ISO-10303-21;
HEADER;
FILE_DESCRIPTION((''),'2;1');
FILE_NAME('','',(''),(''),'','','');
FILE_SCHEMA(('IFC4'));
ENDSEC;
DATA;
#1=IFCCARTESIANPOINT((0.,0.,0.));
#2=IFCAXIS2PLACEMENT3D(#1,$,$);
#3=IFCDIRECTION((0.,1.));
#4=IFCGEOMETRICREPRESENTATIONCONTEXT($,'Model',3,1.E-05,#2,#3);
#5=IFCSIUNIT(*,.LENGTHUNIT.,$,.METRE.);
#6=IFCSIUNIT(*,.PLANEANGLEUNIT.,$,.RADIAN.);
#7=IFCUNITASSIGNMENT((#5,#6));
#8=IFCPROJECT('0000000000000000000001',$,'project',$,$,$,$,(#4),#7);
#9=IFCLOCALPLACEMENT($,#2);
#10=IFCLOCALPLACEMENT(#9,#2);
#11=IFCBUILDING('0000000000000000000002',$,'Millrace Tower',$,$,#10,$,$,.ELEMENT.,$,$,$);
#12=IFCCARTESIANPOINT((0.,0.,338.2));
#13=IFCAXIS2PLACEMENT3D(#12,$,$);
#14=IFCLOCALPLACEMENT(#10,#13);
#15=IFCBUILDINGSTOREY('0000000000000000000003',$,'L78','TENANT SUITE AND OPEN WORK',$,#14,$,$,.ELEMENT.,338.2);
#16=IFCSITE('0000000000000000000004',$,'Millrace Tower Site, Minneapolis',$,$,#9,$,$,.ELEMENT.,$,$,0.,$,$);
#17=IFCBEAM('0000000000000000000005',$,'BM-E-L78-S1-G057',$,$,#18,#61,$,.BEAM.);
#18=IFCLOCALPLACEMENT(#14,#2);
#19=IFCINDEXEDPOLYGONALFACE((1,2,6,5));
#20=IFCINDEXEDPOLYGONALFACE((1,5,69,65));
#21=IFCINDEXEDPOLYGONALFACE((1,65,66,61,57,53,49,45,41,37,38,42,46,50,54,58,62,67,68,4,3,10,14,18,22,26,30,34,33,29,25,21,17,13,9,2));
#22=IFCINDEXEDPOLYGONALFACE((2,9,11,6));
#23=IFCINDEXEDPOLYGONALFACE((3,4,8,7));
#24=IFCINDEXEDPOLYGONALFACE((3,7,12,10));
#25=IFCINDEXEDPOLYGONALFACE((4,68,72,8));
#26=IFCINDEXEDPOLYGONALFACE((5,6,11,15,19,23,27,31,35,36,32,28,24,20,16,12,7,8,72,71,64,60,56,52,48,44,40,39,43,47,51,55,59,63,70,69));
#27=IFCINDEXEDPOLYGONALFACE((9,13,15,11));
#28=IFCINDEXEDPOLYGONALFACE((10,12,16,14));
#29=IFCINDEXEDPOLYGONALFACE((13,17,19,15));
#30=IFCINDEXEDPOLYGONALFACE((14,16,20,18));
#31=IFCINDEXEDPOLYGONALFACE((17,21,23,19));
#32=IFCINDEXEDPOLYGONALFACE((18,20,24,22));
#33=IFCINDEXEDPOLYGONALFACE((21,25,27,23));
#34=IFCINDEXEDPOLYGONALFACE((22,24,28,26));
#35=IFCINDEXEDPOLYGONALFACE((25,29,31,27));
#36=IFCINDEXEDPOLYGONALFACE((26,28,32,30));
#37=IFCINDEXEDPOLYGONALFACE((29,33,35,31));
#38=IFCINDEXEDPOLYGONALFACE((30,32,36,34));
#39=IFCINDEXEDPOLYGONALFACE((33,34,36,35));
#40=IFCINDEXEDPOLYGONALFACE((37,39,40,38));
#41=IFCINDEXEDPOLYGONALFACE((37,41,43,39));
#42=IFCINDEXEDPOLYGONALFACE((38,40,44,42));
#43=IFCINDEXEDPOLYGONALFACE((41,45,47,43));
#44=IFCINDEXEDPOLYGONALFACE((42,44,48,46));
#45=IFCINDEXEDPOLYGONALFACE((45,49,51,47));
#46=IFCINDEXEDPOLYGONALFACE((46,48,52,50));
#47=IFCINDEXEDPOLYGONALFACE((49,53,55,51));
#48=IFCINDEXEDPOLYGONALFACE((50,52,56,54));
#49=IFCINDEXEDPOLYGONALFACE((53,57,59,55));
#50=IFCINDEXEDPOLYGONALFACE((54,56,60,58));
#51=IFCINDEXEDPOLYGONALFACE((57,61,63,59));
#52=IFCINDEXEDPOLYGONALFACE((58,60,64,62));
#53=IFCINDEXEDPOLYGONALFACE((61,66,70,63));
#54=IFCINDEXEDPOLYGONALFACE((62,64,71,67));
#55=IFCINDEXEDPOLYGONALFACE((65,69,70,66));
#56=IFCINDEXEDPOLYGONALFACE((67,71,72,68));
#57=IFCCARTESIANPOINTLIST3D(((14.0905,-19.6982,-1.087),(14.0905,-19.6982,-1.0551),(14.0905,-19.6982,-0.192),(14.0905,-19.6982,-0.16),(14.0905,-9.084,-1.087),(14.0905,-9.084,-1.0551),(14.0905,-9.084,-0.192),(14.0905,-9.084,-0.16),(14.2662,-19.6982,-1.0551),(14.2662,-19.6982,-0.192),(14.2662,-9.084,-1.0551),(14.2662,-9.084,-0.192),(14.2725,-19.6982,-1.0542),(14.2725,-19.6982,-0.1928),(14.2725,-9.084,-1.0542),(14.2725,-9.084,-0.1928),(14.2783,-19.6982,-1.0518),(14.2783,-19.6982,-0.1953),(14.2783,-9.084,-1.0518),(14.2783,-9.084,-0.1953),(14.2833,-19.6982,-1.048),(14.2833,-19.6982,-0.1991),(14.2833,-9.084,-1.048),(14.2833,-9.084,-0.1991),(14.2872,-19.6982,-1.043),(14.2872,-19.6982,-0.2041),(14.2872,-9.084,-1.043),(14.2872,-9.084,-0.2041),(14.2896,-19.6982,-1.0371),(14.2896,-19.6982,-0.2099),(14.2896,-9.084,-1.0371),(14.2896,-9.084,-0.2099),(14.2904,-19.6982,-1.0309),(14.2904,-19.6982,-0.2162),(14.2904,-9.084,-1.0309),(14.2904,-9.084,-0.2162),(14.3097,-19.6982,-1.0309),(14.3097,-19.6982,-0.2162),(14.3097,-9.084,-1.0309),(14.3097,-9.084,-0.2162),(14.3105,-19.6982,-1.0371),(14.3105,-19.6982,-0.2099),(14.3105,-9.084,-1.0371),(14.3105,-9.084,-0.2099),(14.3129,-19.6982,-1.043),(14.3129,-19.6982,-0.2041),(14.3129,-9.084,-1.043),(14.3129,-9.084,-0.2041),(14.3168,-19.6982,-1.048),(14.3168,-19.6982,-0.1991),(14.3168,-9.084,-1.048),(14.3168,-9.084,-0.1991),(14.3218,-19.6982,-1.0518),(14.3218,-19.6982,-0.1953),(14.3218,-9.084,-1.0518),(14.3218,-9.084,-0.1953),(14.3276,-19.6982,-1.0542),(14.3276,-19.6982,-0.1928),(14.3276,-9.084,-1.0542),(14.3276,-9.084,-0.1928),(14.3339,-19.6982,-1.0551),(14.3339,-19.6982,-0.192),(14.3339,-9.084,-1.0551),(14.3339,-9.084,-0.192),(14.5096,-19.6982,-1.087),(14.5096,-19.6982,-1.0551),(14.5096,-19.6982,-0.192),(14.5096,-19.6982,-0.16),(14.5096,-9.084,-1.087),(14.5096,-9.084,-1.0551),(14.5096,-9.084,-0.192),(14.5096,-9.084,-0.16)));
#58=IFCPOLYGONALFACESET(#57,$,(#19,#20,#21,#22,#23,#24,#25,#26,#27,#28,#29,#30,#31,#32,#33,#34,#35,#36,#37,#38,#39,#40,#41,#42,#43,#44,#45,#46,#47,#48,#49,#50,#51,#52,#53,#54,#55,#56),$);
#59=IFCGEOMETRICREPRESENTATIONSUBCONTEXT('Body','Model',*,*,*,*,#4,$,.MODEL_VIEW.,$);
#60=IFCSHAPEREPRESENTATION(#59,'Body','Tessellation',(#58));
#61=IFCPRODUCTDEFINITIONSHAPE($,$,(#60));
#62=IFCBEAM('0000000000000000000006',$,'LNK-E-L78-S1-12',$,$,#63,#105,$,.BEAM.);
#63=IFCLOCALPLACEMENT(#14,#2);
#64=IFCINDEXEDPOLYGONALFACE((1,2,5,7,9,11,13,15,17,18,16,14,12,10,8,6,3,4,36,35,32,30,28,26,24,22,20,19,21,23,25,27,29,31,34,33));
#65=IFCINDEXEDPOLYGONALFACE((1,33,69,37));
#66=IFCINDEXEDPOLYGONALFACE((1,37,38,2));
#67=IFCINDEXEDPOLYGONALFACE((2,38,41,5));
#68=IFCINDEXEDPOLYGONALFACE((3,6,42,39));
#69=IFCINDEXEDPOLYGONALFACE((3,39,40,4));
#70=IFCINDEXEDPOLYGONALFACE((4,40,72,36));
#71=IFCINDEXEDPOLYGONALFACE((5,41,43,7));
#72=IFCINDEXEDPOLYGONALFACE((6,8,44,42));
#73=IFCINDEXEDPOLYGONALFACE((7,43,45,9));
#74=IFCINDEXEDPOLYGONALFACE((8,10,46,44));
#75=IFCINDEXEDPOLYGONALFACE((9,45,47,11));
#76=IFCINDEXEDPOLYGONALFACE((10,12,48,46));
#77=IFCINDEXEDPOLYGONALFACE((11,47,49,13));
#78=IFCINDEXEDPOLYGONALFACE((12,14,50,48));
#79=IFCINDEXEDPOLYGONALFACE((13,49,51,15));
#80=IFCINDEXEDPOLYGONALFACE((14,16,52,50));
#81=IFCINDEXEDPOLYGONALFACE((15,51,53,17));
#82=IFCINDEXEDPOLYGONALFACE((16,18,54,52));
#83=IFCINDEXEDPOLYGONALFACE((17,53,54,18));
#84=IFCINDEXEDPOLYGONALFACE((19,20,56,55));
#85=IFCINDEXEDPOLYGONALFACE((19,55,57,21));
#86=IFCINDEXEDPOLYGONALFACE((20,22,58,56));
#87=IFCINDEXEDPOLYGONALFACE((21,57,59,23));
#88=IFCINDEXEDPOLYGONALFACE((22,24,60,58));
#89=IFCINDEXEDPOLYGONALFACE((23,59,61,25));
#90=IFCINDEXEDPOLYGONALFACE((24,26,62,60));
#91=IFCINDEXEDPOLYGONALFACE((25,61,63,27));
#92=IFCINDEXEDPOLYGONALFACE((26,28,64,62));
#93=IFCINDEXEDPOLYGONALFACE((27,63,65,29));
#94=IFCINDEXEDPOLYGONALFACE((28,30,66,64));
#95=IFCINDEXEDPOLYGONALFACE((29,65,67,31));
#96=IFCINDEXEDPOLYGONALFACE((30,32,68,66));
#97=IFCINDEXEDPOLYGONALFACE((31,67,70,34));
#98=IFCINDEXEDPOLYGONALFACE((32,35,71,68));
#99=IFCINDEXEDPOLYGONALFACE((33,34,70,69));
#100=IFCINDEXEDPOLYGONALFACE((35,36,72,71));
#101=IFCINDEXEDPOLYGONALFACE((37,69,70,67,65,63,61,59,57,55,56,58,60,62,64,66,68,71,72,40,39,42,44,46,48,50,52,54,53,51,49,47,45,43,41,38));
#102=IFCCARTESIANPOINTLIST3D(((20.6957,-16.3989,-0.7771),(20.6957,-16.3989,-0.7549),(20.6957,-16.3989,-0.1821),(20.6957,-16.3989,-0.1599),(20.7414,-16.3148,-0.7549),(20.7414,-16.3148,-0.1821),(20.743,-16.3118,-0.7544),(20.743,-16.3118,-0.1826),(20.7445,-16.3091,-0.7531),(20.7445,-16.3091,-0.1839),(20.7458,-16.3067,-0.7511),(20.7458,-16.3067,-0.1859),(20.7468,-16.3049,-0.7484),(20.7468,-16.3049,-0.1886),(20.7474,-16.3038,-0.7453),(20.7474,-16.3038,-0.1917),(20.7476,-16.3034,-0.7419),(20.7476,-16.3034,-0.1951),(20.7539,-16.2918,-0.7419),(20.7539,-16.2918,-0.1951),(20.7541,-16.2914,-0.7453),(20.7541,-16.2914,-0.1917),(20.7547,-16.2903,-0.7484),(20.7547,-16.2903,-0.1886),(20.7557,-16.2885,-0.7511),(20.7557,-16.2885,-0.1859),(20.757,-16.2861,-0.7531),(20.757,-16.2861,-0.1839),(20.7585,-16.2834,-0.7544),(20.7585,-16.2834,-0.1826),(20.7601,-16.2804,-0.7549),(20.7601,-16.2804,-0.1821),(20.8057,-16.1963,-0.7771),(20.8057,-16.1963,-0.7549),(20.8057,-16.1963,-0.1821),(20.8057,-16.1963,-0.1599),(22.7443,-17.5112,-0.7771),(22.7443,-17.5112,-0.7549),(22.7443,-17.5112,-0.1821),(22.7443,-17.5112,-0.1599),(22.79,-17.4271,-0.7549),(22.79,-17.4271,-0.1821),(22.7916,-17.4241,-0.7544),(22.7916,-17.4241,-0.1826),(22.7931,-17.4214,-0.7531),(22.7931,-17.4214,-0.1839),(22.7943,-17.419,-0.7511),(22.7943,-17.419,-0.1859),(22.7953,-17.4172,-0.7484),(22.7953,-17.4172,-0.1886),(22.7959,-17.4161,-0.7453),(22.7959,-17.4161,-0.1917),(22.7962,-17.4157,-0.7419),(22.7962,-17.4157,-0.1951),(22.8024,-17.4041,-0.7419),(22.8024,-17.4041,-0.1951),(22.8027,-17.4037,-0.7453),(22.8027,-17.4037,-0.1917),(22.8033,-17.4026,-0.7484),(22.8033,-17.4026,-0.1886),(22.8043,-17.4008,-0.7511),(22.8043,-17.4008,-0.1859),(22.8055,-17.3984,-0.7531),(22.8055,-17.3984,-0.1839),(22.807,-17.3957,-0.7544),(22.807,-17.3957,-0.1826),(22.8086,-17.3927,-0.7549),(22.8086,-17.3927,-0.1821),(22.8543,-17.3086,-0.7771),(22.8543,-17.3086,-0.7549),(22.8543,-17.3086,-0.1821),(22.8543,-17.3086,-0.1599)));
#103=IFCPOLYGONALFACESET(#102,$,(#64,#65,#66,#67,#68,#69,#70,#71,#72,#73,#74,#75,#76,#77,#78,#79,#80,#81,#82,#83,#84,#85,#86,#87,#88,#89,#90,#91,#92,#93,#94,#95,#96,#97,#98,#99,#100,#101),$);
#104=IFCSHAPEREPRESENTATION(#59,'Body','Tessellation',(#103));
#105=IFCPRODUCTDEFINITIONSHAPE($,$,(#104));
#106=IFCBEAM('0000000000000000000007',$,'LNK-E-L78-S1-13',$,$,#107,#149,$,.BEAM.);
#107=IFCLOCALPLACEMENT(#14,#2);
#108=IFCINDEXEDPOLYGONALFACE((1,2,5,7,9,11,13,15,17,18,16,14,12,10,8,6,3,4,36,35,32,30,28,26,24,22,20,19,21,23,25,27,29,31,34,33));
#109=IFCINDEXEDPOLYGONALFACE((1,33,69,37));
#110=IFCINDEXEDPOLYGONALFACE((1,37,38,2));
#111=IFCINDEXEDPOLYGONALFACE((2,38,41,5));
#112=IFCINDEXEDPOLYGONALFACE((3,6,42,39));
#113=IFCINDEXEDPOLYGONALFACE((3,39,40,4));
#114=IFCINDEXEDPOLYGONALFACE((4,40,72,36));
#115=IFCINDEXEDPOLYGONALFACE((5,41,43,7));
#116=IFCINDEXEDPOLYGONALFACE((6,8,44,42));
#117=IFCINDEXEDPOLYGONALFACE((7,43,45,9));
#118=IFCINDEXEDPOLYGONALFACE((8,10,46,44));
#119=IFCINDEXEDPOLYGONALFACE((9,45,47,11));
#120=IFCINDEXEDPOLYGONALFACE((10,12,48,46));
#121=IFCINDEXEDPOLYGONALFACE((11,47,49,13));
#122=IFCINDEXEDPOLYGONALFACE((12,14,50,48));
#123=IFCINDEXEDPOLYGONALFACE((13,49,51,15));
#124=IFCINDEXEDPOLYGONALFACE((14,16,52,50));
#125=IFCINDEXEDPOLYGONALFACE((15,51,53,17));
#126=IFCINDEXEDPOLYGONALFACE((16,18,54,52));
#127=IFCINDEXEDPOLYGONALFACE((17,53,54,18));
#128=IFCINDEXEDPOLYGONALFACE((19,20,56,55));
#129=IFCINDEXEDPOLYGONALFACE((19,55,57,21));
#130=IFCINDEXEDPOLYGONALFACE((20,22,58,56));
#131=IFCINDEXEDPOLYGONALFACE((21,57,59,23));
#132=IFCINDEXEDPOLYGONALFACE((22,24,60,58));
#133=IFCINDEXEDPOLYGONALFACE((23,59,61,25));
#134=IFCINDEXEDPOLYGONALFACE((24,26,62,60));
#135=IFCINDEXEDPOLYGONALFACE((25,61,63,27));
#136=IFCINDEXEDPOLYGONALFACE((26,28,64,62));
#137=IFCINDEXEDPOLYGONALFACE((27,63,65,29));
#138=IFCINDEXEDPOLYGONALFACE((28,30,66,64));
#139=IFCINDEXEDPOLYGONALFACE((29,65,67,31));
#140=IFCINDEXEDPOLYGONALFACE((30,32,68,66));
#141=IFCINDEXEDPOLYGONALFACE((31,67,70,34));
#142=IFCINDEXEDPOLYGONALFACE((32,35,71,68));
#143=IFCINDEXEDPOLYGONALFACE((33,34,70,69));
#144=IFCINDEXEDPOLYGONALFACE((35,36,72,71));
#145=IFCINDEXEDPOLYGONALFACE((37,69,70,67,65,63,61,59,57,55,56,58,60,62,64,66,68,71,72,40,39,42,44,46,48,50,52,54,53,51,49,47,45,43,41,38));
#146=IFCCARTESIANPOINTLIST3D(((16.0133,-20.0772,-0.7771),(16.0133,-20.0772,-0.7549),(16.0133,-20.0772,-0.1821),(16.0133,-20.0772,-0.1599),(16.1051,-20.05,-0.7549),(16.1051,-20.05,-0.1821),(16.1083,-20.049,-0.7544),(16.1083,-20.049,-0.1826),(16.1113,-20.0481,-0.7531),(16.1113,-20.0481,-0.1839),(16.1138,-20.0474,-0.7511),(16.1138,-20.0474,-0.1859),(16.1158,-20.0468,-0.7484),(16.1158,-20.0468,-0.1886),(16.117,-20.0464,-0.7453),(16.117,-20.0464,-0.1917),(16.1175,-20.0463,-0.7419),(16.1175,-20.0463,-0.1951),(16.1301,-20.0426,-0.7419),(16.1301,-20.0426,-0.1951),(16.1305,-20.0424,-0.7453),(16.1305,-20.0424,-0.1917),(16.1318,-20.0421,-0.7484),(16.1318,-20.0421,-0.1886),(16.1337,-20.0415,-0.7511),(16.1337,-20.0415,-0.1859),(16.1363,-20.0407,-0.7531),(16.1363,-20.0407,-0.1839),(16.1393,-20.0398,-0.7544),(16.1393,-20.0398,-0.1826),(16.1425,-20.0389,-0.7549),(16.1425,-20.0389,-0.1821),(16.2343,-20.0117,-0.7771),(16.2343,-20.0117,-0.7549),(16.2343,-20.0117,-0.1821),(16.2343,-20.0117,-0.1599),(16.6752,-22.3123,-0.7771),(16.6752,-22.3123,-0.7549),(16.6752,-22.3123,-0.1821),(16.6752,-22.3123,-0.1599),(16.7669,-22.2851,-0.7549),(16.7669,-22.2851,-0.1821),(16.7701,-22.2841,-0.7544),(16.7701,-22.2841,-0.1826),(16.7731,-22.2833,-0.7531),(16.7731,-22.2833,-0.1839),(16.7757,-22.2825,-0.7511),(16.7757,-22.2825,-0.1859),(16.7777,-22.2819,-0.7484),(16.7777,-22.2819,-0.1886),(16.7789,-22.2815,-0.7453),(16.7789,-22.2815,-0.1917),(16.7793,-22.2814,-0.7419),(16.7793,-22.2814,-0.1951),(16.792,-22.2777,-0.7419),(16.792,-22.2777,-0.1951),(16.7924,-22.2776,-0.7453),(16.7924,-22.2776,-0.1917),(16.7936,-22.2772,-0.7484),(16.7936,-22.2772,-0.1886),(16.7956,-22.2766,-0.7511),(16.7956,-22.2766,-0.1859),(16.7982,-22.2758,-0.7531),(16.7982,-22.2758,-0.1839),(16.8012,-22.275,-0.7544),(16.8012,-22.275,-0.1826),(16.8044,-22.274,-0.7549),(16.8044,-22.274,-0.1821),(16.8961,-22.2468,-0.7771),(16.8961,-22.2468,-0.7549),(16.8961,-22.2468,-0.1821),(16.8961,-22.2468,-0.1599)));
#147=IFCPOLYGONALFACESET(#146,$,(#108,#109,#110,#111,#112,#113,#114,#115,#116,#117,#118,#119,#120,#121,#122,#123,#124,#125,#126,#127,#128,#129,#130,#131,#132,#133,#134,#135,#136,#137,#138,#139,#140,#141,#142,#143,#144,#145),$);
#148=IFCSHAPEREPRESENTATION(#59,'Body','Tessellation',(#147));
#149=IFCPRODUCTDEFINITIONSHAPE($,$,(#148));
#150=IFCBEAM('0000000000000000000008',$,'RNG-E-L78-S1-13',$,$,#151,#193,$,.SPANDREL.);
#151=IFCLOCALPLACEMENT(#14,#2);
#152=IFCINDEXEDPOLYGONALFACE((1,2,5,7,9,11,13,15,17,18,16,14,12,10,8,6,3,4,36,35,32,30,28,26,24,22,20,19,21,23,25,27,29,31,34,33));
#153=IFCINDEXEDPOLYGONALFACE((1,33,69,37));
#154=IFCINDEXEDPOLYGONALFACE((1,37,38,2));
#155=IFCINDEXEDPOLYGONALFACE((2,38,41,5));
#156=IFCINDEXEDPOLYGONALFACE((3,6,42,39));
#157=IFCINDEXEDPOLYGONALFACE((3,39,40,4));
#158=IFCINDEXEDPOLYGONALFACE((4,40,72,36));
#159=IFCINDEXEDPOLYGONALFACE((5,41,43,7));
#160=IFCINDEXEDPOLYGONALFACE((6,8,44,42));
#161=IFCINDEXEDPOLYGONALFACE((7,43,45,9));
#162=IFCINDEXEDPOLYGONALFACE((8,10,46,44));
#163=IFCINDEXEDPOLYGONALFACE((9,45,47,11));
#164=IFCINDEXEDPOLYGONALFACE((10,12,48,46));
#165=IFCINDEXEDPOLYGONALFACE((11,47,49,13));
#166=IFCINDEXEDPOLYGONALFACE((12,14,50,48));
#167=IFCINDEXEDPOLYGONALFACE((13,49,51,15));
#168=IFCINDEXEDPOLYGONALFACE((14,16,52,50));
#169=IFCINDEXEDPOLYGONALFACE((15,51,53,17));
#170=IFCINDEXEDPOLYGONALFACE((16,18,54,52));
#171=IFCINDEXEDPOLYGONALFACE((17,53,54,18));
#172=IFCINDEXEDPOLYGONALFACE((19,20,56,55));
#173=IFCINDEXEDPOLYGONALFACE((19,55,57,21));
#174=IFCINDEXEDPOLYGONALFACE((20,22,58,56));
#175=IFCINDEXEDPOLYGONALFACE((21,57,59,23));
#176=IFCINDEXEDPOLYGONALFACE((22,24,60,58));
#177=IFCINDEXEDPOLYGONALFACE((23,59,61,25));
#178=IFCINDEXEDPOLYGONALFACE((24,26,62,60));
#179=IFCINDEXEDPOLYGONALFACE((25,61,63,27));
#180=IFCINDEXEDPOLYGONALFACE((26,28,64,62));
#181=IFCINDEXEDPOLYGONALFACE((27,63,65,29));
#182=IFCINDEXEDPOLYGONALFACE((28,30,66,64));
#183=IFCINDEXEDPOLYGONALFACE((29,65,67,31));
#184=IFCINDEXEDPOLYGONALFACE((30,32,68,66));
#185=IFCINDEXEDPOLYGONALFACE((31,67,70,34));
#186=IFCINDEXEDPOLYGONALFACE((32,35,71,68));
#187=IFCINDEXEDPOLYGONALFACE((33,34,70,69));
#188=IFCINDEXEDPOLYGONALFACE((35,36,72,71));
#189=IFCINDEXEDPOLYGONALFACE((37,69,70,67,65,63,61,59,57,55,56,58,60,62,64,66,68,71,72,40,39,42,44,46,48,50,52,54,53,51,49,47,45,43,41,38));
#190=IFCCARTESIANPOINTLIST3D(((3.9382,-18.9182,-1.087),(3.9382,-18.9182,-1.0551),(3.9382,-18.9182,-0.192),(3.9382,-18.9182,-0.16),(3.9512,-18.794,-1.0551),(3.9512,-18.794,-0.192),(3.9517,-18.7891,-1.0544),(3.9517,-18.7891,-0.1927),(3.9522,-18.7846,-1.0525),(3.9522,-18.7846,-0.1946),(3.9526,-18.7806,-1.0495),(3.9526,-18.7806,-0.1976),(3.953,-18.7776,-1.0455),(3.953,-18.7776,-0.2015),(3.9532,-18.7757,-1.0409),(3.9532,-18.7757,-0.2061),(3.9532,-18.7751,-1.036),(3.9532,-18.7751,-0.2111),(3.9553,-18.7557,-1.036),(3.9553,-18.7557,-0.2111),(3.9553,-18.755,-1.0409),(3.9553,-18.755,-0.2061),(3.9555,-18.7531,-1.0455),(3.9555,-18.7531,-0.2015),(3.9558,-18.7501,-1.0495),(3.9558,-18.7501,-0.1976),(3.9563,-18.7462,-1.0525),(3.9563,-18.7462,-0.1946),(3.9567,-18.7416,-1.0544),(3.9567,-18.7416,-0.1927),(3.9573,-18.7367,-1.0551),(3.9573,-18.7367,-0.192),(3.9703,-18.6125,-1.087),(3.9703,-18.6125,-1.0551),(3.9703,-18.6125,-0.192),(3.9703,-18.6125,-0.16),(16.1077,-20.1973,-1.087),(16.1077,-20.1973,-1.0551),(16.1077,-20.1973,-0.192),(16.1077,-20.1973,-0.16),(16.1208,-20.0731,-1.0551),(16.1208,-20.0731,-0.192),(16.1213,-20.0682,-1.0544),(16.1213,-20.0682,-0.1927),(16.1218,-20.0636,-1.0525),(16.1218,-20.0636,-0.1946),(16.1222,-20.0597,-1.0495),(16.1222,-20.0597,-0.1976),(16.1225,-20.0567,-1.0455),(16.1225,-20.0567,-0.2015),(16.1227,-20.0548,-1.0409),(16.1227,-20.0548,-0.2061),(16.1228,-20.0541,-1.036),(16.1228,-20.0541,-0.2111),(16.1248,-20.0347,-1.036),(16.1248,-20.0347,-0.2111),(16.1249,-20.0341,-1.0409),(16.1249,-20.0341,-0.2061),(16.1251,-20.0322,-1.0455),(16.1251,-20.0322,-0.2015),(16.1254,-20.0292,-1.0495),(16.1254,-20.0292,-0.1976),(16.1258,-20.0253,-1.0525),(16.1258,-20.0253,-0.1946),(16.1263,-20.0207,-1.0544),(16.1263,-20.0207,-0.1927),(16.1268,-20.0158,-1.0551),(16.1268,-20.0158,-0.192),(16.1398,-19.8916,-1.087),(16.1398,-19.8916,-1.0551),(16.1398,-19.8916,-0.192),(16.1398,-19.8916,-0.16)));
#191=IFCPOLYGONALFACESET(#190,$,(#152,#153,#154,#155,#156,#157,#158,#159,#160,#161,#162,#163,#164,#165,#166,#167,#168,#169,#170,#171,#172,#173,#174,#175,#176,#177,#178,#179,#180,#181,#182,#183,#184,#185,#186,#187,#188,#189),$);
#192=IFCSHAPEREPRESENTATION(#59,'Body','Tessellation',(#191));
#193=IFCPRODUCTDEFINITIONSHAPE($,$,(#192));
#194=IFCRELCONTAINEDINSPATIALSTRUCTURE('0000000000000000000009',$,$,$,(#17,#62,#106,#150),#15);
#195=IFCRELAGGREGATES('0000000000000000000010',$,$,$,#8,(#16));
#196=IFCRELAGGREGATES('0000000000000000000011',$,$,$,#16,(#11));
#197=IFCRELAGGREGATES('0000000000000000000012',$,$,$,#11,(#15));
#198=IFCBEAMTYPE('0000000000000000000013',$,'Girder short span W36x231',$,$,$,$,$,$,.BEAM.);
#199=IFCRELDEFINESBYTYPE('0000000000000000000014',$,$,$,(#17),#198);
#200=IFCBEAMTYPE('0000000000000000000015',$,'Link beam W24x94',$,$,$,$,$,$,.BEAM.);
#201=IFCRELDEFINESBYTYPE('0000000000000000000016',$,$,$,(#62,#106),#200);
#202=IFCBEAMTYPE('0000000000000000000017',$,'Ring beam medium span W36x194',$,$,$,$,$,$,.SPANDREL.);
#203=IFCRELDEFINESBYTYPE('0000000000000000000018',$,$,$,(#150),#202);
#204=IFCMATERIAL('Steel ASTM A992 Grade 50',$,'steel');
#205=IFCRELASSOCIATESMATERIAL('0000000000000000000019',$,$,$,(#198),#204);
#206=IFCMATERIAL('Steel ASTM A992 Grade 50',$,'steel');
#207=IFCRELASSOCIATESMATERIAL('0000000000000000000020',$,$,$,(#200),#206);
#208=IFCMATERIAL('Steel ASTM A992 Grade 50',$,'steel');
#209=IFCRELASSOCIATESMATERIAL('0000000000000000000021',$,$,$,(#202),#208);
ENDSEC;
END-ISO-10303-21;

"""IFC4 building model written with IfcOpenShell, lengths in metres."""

from ifc_helpers import new_model, si_unit, direction, frame, origin, origin_2d, place, context, subcontext, project, spatial, i_section, extrude, material, material_profile, profile_set, type_object, element, save


model = new_model("IFC4")

# Units and contexts
model_context = context("Model", 3, precision=1e-05, world=origin(), true_north=direction((0.0, 1.0)))
body_context = subcontext(model_context, "Body", "Model", "MODEL_VIEW")
ifc_project = project(units=[si_unit("LENGTHUNIT", "METRE"), si_unit("PLANEANGLEUNIT", "RADIAN")], contexts=[model_context])

# Site, building, storey
site_placement = place(None, origin())
site = spatial("IfcSite", under=ifc_project, at=site_placement, Name="Millrace Tower Site, Minneapolis", CompositionType="ELEMENT", RefElevation=0.0)
building_placement = place(site_placement, origin())
building = spatial("IfcBuilding", under=site, at=building_placement, Name="Millrace Tower", CompositionType="ELEMENT")
storey_placement = place(building_placement, frame((0.0, 0.0, 338.2)))
storey = spatial("IfcBuildingStorey", under=building, at=storey_placement, Name="L78", Description="TENANT SUITE AND OPEN WORK", CompositionType="ELEMENT", Elevation=338.2)

# Beams
ifc_material_1 = material(Name="Steel ASTM A992 Grade 50", Category="steel")
ifc_material_profile_1 = material_profile(ifc_material_1, i_section(OverallWidth=0.4192, OverallDepth=0.927, WebThickness=0.0193, FlangeThickness=0.032, FilletRadius=0.0242, at=origin_2d()))
ifc_profile_set_1 = profile_set([ifc_material_profile_1], Name="Steel ASTM A992 Grade 50")
beam_type_1 = type_object("IfcBeamType", Name="Girder short span W36x231", PredefinedType="BEAM", material=ifc_profile_set_1)
beam_1_placement = place(storey_placement, frame((14.3, -19.6982, -0.6235), z_axis=(0.0, 1.0, 0.0), x_axis=(-1.0, 0.0, 0.0)))
element("IfcBeam", 1, at=beam_1_placement, inside=storey, type_object=beam_type_1, Name="BM-E-L78-S1-G057", PredefinedType="BEAM", context=body_context, shape_type="SweptSolid", body=[
    extrude(i_section(OverallWidth=0.4192, OverallDepth=0.927, WebThickness=0.0193, FlangeThickness=0.032, FilletRadius=0.0242, at=origin_2d()), origin(), (0.0, 0.0, 1.0), 10.6143),
])
ifc_material_2 = material(Name="Steel ASTM A992 Grade 50", Category="steel")
ifc_material_profile_2 = material_profile(ifc_material_2, i_section(OverallWidth=0.2305, OverallDepth=0.6172, WebThickness=0.0132, FlangeThickness=0.0222, FilletRadius=0.0129, at=origin_2d()))
ifc_profile_set_2 = profile_set([ifc_material_profile_2], Name="Steel ASTM A992 Grade 50")
beam_type_2 = type_object("IfcBeamType", Name="Link beam W24x94", PredefinedType="BEAM", material=ifc_profile_set_2)
for number, where, z_axis, x_axis, name in (
    (2, (20.7507, -16.2976, -0.4685), (0.878815, -0.477164, 0.0), (0.477164, 0.878815, 0.0), "LNK-E-L78-S1-12"),
    (3, (16.1238, -20.0444, -0.4685), (0.283935, -0.958844, 0.0), (0.958844, 0.283935, 0.0), "LNK-E-L78-S1-13"),
):
    element("IfcBeam", number, at=place(storey_placement, frame(where, z_axis=z_axis, x_axis=x_axis)), inside=storey, type_object=beam_type_2, Name=name, PredefinedType="BEAM", context=body_context, shape_type="SweptSolid", body=[
        extrude(i_section(OverallWidth=0.2305, OverallDepth=0.6172, WebThickness=0.0132, FlangeThickness=0.0222, FilletRadius=0.0129, at=origin_2d()), origin(), (0.0, 0.0, 1.0), 2.3311),
    ])
ifc_material_3 = material(Name="Steel ASTM A992 Grade 50", Category="steel")
ifc_material_profile_3 = material_profile(ifc_material_3, i_section(OverallWidth=0.3074, OverallDepth=0.927, WebThickness=0.0195, FlangeThickness=0.032, FilletRadius=0.019, at=origin_2d()))
ifc_profile_set_3 = profile_set([ifc_material_profile_3], Name="Steel ASTM A992 Grade 50")
beam_type_3 = type_object("IfcBeamType", Name="Ring beam medium span W36x194", PredefinedType="SPANDREL", material=ifc_profile_set_3)
beam_2_placement = place(storey_placement, frame((16.1238, -20.0444, -0.6235), z_axis=(-0.994522, 0.104528, 0.0), x_axis=(-0.104528, -0.994522, 0.0)))
element("IfcBeam", 4, at=beam_2_placement, inside=storey, type_object=beam_type_3, Name="RNG-E-L78-S1-13", PredefinedType="SPANDREL", context=body_context, shape_type="SweptSolid", body=[
    extrude(i_section(OverallWidth=0.3074, OverallDepth=0.927, WebThickness=0.0195, FlangeThickness=0.032, FilletRadius=0.019, at=origin_2d()), origin(), (0.0, 0.0, 1.0), 12.2366),
])

save(model, "model.ifc")
